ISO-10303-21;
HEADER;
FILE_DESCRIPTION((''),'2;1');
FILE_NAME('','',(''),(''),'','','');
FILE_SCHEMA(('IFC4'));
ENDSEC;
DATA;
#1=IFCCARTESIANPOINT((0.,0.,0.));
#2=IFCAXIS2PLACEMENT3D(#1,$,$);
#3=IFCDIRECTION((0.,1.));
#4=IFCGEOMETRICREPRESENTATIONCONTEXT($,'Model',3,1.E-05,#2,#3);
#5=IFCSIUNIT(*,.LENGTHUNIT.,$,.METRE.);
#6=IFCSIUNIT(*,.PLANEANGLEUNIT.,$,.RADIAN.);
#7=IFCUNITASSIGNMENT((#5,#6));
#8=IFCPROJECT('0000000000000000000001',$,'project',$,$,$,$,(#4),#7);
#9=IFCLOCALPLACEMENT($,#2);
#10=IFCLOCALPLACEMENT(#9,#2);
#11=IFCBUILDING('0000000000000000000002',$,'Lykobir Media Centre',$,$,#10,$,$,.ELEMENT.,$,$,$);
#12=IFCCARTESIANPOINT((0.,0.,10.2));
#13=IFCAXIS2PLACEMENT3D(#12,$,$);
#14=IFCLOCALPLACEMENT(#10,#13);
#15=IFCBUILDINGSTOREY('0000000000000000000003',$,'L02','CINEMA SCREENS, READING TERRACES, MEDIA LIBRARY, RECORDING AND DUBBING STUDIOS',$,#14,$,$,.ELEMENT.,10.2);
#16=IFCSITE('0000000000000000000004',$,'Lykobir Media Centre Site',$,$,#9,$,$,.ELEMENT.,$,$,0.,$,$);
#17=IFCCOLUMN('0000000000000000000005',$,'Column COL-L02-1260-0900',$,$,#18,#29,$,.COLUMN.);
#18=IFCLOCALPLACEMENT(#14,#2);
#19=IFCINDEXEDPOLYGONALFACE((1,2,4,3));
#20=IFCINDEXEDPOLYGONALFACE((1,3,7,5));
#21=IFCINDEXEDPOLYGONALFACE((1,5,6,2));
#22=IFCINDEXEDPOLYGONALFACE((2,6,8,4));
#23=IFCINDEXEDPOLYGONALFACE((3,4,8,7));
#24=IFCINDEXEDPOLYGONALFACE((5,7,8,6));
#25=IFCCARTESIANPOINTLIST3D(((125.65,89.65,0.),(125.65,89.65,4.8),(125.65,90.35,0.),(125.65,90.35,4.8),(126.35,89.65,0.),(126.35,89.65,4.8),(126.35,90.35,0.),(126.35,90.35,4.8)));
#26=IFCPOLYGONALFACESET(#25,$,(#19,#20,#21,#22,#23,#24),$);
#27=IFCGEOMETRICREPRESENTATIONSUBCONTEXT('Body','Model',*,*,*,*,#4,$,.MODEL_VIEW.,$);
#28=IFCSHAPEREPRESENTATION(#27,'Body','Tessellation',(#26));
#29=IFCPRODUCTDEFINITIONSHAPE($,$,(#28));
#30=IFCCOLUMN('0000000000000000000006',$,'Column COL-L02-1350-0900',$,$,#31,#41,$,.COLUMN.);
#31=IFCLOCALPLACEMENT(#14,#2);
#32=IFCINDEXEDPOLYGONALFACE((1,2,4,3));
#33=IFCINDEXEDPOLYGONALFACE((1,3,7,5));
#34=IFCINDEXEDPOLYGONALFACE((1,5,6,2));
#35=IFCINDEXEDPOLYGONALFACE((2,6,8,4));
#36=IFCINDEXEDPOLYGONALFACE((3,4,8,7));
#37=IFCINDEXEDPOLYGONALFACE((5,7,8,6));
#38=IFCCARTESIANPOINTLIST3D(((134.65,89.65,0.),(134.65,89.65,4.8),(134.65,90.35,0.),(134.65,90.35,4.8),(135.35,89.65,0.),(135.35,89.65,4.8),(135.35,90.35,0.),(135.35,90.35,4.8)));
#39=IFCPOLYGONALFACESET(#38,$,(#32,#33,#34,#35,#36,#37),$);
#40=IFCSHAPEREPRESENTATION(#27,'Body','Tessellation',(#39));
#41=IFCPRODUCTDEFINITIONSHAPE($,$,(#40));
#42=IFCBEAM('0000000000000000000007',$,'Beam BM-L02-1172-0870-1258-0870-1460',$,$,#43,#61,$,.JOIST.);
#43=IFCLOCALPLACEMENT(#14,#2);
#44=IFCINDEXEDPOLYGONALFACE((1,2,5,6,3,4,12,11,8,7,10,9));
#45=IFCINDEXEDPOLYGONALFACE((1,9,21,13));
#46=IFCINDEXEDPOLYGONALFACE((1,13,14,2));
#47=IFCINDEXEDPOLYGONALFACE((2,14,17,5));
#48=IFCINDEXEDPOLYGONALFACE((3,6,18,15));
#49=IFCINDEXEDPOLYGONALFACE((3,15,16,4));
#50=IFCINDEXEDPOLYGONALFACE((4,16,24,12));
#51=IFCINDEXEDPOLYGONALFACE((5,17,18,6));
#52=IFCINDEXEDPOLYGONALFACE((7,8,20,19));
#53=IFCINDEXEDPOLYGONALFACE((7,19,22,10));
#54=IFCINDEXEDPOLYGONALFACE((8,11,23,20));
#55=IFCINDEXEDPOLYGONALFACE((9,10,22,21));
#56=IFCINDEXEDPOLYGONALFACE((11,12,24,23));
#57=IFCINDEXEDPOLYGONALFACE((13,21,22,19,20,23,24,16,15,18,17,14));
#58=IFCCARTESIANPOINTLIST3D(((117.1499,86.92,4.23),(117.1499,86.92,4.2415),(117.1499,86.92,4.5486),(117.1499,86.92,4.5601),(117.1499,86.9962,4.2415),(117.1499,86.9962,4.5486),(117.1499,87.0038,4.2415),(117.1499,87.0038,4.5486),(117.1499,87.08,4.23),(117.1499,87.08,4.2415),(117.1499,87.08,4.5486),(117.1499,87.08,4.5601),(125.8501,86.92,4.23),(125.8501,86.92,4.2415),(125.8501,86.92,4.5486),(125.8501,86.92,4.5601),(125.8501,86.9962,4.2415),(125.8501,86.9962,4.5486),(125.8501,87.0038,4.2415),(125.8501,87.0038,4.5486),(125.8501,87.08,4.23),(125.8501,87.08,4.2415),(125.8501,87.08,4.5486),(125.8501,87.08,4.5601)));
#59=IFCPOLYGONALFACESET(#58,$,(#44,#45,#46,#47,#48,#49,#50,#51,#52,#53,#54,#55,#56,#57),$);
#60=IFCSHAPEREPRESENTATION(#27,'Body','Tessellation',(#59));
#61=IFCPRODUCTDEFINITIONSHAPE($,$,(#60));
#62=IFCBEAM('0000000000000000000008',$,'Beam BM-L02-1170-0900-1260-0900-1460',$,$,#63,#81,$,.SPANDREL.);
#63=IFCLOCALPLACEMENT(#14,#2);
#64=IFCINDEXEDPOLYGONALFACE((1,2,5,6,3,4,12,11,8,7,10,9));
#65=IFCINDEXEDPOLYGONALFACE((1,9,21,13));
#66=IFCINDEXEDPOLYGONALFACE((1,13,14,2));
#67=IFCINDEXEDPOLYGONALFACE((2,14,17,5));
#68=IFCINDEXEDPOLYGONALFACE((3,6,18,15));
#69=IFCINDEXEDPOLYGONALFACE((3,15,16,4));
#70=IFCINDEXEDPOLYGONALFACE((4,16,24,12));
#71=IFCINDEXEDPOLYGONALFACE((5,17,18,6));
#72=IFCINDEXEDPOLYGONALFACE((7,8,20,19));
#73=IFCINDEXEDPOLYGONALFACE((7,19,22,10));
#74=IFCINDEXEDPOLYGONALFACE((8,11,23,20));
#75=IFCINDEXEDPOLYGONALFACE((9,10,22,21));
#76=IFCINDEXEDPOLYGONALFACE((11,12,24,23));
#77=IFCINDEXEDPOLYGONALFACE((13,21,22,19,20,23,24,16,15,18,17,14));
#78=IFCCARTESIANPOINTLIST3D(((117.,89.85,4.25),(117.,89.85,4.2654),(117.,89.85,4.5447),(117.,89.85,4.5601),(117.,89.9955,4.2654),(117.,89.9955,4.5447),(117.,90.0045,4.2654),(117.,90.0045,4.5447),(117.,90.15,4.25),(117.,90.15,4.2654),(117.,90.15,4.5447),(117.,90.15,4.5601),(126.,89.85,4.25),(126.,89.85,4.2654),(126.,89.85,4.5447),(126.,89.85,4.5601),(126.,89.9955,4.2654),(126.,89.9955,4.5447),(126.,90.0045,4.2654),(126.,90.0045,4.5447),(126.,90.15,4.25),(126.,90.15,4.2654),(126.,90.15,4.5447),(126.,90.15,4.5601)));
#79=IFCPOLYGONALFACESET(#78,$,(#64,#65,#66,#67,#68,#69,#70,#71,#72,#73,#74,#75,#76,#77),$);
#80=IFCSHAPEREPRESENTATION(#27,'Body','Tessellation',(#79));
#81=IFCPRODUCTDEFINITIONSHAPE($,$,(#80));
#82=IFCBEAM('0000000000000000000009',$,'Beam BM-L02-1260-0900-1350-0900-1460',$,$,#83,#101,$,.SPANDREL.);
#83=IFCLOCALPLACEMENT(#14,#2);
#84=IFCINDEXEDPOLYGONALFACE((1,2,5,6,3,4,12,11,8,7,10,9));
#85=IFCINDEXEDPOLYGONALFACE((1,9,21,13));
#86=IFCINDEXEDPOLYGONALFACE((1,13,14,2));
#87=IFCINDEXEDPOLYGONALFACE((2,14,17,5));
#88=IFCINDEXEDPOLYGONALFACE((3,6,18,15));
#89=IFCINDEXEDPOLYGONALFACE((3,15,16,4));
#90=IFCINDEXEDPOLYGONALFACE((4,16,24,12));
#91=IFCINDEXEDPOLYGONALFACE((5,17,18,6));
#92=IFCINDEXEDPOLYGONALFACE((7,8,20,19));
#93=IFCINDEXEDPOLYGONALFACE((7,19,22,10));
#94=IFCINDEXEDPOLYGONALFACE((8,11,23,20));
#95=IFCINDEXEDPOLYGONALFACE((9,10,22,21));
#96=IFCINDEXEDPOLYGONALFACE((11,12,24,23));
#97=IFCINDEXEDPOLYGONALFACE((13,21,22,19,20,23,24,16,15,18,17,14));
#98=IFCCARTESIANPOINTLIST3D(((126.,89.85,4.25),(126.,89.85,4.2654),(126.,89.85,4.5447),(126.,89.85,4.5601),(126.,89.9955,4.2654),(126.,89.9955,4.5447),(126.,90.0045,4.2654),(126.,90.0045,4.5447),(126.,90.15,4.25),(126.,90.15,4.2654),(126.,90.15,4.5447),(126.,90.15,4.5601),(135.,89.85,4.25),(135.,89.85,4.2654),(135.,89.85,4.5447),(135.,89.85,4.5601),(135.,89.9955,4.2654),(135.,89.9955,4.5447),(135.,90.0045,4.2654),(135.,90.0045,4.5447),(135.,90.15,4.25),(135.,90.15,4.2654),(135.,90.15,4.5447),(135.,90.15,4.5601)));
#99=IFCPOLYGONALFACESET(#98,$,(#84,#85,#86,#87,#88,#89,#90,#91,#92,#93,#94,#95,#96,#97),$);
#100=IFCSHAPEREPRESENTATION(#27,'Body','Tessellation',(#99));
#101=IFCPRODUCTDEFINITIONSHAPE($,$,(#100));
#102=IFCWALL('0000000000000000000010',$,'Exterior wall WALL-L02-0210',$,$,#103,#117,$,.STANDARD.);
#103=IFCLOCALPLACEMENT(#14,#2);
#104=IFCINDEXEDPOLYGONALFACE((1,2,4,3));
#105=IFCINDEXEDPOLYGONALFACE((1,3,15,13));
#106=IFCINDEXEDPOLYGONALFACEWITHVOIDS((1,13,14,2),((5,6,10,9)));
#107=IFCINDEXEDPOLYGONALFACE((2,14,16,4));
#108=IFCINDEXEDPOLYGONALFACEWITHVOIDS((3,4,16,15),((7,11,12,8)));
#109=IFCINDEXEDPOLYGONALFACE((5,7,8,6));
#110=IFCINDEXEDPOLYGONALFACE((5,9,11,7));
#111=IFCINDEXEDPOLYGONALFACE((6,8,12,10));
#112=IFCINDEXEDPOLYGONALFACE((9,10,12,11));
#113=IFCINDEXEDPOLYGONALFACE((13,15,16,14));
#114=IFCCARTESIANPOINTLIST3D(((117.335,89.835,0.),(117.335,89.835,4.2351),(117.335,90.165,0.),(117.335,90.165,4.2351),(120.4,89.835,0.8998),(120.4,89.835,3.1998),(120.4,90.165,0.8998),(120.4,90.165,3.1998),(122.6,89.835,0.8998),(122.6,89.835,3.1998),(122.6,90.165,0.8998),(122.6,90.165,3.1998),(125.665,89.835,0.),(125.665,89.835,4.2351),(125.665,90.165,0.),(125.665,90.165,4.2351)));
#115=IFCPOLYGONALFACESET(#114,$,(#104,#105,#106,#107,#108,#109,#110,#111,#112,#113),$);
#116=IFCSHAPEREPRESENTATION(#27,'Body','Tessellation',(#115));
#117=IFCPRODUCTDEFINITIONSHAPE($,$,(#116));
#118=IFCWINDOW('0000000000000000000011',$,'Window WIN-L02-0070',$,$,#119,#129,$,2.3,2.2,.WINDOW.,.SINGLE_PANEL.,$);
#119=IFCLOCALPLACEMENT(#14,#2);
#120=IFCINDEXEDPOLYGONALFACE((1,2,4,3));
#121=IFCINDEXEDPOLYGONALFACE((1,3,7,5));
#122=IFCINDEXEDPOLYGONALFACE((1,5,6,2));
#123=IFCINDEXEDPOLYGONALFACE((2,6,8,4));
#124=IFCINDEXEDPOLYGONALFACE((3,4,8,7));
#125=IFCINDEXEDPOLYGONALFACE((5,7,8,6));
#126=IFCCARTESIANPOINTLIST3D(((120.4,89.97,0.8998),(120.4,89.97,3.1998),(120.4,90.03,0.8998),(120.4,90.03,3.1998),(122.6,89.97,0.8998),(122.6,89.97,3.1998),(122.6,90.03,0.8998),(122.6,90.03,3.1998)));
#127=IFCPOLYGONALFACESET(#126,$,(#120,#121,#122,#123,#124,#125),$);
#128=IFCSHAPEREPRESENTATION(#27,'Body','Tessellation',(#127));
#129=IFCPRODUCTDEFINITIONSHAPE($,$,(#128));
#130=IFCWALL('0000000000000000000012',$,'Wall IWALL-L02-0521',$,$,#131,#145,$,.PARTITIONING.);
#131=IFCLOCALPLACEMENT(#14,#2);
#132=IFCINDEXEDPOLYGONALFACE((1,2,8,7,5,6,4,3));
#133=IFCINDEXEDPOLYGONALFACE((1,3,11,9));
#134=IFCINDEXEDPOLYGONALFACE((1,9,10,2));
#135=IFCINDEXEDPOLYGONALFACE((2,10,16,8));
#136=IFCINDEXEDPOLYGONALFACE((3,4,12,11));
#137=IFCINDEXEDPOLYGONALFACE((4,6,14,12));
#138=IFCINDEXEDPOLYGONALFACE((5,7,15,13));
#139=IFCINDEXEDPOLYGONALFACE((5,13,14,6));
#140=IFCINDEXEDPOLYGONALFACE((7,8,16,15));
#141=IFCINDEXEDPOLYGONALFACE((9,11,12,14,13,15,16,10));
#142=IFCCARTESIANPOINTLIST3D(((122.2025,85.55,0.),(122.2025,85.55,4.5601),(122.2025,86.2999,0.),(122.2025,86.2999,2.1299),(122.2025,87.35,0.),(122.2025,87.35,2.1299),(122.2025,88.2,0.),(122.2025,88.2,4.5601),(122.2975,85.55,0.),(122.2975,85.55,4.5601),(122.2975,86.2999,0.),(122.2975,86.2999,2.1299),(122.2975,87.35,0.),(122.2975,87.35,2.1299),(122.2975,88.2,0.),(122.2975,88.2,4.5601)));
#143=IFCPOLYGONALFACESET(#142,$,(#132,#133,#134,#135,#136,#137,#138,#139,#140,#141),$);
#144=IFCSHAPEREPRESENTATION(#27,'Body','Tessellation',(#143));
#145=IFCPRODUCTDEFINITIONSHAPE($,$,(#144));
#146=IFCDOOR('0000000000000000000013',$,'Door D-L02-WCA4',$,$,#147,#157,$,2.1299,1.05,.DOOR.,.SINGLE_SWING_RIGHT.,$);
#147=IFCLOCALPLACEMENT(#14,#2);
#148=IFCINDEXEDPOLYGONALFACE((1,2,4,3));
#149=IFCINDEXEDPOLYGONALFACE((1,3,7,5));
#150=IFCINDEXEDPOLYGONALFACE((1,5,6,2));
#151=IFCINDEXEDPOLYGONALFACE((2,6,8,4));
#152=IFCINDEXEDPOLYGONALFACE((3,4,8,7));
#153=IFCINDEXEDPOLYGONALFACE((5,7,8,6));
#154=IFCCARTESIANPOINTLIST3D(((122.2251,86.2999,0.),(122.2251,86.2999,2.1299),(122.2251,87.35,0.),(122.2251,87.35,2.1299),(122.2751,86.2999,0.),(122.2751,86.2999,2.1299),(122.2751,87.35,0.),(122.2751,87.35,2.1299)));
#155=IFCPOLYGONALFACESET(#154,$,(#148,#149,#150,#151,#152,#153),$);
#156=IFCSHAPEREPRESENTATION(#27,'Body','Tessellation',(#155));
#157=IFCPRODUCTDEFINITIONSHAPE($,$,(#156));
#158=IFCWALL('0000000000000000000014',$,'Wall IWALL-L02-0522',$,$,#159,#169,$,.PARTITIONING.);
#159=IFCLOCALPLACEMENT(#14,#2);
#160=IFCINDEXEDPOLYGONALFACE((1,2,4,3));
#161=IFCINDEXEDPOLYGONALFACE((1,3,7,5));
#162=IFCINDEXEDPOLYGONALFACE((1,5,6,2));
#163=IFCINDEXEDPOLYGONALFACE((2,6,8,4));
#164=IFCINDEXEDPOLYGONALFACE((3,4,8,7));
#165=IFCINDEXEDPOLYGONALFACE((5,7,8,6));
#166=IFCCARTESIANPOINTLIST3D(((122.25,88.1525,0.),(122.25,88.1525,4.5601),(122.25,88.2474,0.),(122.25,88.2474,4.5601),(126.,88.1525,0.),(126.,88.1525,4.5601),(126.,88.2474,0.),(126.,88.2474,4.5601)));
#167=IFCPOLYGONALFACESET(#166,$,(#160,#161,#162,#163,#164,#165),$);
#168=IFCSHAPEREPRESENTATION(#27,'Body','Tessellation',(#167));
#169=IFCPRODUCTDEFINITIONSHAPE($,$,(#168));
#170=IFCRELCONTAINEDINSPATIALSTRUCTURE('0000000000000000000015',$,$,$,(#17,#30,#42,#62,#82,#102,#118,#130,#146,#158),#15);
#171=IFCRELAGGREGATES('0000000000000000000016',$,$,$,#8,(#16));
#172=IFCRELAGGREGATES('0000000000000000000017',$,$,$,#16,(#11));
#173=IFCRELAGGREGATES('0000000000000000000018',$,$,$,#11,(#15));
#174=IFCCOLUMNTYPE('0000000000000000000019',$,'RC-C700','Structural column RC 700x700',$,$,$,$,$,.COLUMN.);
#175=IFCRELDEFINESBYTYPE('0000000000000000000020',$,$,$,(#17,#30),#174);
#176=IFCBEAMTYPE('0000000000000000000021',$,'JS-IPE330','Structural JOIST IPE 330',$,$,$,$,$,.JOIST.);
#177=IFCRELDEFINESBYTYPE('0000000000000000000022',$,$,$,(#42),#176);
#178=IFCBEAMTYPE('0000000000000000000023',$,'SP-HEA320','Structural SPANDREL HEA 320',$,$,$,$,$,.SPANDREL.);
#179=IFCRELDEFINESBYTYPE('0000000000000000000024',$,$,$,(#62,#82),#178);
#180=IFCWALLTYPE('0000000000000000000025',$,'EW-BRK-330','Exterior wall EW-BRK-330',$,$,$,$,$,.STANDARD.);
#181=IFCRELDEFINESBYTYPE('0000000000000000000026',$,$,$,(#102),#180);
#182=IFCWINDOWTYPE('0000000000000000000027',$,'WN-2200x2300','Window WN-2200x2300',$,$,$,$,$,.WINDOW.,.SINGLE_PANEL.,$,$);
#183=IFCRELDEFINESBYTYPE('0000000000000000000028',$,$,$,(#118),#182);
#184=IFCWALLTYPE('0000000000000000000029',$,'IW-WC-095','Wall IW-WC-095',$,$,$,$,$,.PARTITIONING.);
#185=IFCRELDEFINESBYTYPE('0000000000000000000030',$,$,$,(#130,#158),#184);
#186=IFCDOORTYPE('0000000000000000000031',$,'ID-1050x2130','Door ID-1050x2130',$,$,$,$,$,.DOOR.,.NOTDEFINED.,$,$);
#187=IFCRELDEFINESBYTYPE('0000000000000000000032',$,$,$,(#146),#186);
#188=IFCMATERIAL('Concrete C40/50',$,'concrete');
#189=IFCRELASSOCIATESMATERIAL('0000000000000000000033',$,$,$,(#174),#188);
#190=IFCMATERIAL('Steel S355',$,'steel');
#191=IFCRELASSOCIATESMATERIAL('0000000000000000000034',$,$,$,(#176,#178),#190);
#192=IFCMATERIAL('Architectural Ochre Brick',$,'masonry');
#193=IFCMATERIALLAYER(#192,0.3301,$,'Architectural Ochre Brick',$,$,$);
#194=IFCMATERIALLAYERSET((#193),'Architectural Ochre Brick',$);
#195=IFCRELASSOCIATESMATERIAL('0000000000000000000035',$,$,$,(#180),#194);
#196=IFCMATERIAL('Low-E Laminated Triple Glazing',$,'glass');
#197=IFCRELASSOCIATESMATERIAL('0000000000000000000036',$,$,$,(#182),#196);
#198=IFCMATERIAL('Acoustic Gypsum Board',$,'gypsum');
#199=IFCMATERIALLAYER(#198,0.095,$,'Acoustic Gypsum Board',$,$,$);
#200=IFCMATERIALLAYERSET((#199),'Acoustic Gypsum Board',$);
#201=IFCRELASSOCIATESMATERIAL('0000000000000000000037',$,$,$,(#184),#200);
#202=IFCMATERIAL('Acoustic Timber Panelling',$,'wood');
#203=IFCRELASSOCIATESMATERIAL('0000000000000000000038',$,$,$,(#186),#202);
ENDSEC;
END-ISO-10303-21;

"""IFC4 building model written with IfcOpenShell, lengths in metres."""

from ifc_helpers import new_model, si_unit, direction, frame, frame_2d, origin, origin_2d, place, context, subcontext, project, spatial, rectangle, i_section, extrude, material, layer, layer_set, material_profile, profile_set, type_object, element, fill, save


model = new_model("IFC4")

# Units and contexts
model_context = context("Model", 3, precision=1e-05, world=origin(), true_north=direction((0.0, 1.0)))
body_context = subcontext(model_context, "Body", "Model", "MODEL_VIEW")
ifc_project = project(units=[si_unit("LENGTHUNIT", "METRE"), si_unit("PLANEANGLEUNIT", "RADIAN")], contexts=[model_context])

# Site, building, storey
site_placement = place(None, origin())
site = spatial("IfcSite", under=ifc_project, at=site_placement, Name="Lykobir Media Centre Site", CompositionType="ELEMENT", RefElevation=0.0)
building_placement = place(site_placement, origin())
building = spatial("IfcBuilding", under=site, at=building_placement, Name="Lykobir Media Centre", CompositionType="ELEMENT")
storey_placement = place(building_placement, frame((0.0, 0.0, 10.2)))
storey = spatial("IfcBuildingStorey", under=building, at=storey_placement, Name="L02", Description="CINEMA SCREENS, READING TERRACES, MEDIA LIBRARY, RECORDING AND DUBBING STUDIOS", CompositionType="ELEMENT", Elevation=10.2)

# Columns
ifc_material_1 = material(Name="Concrete C40/50", Category="concrete")
ifc_material_profile_1 = material_profile(ifc_material_1, rectangle(XDim=0.7, YDim=0.7, at=origin_2d()), Name="RC 700x700")
ifc_profile_set_1 = profile_set([ifc_material_profile_1], Name="Concrete C40/50")
column_type = type_object("IfcColumnType", Name="RC-C700", Description="Structural column RC 700x700", PredefinedType="COLUMN", material=ifc_profile_set_1)
for number, where, z_axis, x_axis, name in (
    (1, (126.0, 90.0, 0.0), (0.0, 0.0, 1.0), (1.0, 0.0, 0.0), "Column COL-L02-1260-0900"),
    (2, (135.0, 90.0, 0.0), (0.0, 0.0, 1.0), (1.0, 0.0, 0.0), "Column COL-L02-1350-0900"),
):
    element("IfcColumn", number, at=place(storey_placement, frame(where, z_axis=z_axis, x_axis=x_axis)), inside=storey, type_object=column_type, Name=name, PredefinedType="COLUMN", context=body_context, shape_type="SweptSolid", body=[
        extrude(rectangle(XDim=0.7, YDim=0.7, at=origin_2d()), origin(), (0.0, 0.0, 1.0), 4.8),
    ])

# Beams
ifc_material_2 = material(Name="Steel S355", Category="steel")
ifc_material_profile_2 = material_profile(ifc_material_2, i_section(OverallWidth=0.1599, OverallDepth=0.3301, WebThickness=0.0076, FlangeThickness=0.0115, at=origin_2d()), Name="IPE 330")
ifc_profile_set_2 = profile_set([ifc_material_profile_2], Name="Steel S355")
beam_type_1 = type_object("IfcBeamType", Name="JS-IPE330", Description="Structural JOIST IPE 330", PredefinedType="JOIST", material=ifc_profile_set_2)
beam_placement = place(storey_placement, frame((117.1499, 87.0, 4.395), z_axis=(1.0, 0.0, 0.0), x_axis=(0.0, 1.0, 0.0)))
element("IfcBeam", 3, at=beam_placement, inside=storey, type_object=beam_type_1, Name="Beam BM-L02-1172-0870-1258-0870-1460", PredefinedType="JOIST", context=body_context, shape_type="SweptSolid", body=[
    extrude(i_section(OverallWidth=0.1599, OverallDepth=0.3301, WebThickness=0.0076, FlangeThickness=0.0115, at=origin_2d()), origin(), (0.0, 0.0, 1.0), 8.7002),
])
ifc_material_profile_3 = material_profile(ifc_material_2, i_section(OverallWidth=0.3, OverallDepth=0.3101, WebThickness=0.009, FlangeThickness=0.0154, at=origin_2d()), Name="HEA 320")
ifc_profile_set_3 = profile_set([ifc_material_profile_3], Name="Steel S355")
beam_type_2 = type_object("IfcBeamType", Name="SP-HEA320", Description="Structural SPANDREL HEA 320", PredefinedType="SPANDREL", material=ifc_profile_set_3)
for number, where, z_axis, x_axis, name in (
    (4, (117.0, 90.0, 4.405), (1.0, 0.0, 0.0), (0.0, 1.0, 0.0), "Beam BM-L02-1170-0900-1260-0900-1460"),
    (5, (126.0, 90.0, 4.405), (1.0, 0.0, 0.0), (0.0, 1.0, 0.0), "Beam BM-L02-1260-0900-1350-0900-1460"),
):
    element("IfcBeam", number, at=place(storey_placement, frame(where, z_axis=z_axis, x_axis=x_axis)), inside=storey, type_object=beam_type_2, Name=name, PredefinedType="SPANDREL", context=body_context, shape_type="SweptSolid", body=[
        extrude(i_section(OverallWidth=0.3, OverallDepth=0.3101, WebThickness=0.009, FlangeThickness=0.0154, at=origin_2d()), origin(), (0.0, 0.0, 1.0), 9.0),
    ])

# Wall, opening, window
ifc_material_3 = material(Name="Architectural Ochre Brick", Category="masonry")
ifc_layer_1 = layer(ifc_material_3, 0.3301, Name="Architectural Ochre Brick")
ifc_layer_set_1 = layer_set([ifc_layer_1], Name="Architectural Ochre Brick")
wall_type_1 = type_object("IfcWallType", Name="EW-BRK-330", Description="Exterior wall EW-BRK-330", PredefinedType="STANDARD", material=ifc_layer_set_1)
wall_1_placement = place(storey_placement, frame((125.665, 90.0, 0.0), z_axis=(0.0, 0.0, 1.0), x_axis=(-1.0, 0.0, 0.0)))
wall_1 = element("IfcWall", 6, at=wall_1_placement, inside=storey, type_object=wall_type_1, Name="Exterior wall WALL-L02-0210", PredefinedType="STANDARD", context=body_context, shape_type="SweptSolid", body=[
    extrude(rectangle(XDim=8.3301, YDim=0.3301, at=frame_2d((4.165, 0.0))), origin(), (0.0, 0.0, 1.0), 4.2351),
])
opening_1_placement = place(wall_1_placement, frame((3.0649, 0.0, 0.8999)))
opening_1 = element("IfcOpeningElement", 7, at=opening_1_placement, cuts=wall_1, PredefinedType="OPENING", context=body_context, shape_type="SweptSolid", body=[
    extrude(rectangle(XDim=2.2, YDim=2.3, at=frame_2d((1.1001, 1.1499))), frame((0.0, 0.175, 0.0), z_axis=(0.0, -1.0, 0.0), x_axis=(1.0, 0.0, 0.0)), (0.0, 0.0, 1.0), 0.3501),
])
ifc_material_4 = material(Name="Low-E Laminated Triple Glazing", Category="glass")
window_type = type_object("IfcWindowType", Name="WN-2200x2300", Description="Window WN-2200x2300", PartitioningType="SINGLE_PANEL", PredefinedType="WINDOW", material=ifc_material_4)
window_placement = place(opening_1_placement, origin())
window = element("IfcWindow", 8, at=window_placement, inside=storey, type_object=window_type, Name="Window WIN-L02-0070", OverallHeight=2.3, OverallWidth=2.2, PartitioningType="SINGLE_PANEL", PredefinedType="WINDOW", context=body_context, shape_type="SweptSolid", body=[
    extrude(rectangle(XDim=2.2, YDim=2.3, at=frame_2d((1.1001, 1.1499))), frame((0.0, 0.03, 0.0), z_axis=(0.0, -1.0, 0.0), x_axis=(1.0, 0.0, 0.0)), (0.0, 0.0, 1.0), 0.0601),
])
fill(opening_1, window)

# Wall, opening, door
ifc_material_5 = material(Name="Acoustic Gypsum Board", Category="gypsum")
ifc_layer_2 = layer(ifc_material_5, 0.095, Name="Acoustic Gypsum Board")
ifc_layer_set_2 = layer_set([ifc_layer_2], Name="Acoustic Gypsum Board")
wall_type_2 = type_object("IfcWallType", Name="IW-WC-095", Description="Wall IW-WC-095", PredefinedType="PARTITIONING", material=ifc_layer_set_2)
wall_2_placement = place(storey_placement, frame((122.25, 85.55, 0.0), z_axis=(0.0, 0.0, 1.0), x_axis=(0.0, 1.0, 0.0)))
wall_2 = element("IfcWall", 9, at=wall_2_placement, inside=storey, type_object=wall_type_2, Name="Wall IWALL-L02-0521", PredefinedType="PARTITIONING", context=body_context, shape_type="SweptSolid", body=[
    extrude(rectangle(XDim=2.6499, YDim=0.095, at=frame_2d((1.325, 0.0))), origin(), (0.0, 0.0, 1.0), 4.5601),
])
opening_2_placement = place(wall_2_placement, frame((0.75, 0.0, 0.0)))
opening_2 = element("IfcOpeningElement", 10, at=opening_2_placement, cuts=wall_2, PredefinedType="OPENING", context=body_context, shape_type="SweptSolid", body=[
    extrude(rectangle(XDim=1.05, YDim=2.1299, at=frame_2d((0.5249, 1.0649))), frame((0.0, 0.0574, 0.0), z_axis=(0.0, -1.0, 0.0), x_axis=(1.0, 0.0, 0.0)), (0.0, 0.0, 1.0), 0.115),
])
ifc_material_6 = material(Name="Acoustic Timber Panelling", Category="wood")
door_type_1 = type_object("IfcDoorType", Name="ID-1050x2130", Description="Door ID-1050x2130", OperationType="NOTDEFINED", PredefinedType="DOOR", material=ifc_material_6)
door_1_placement = place(opening_2_placement, origin())
door_1 = element("IfcDoor", 11, at=door_1_placement, inside=storey, type_object=door_type_1, Name="Door D-L02-WCA4", OperationType="SINGLE_SWING_RIGHT", OverallHeight=2.1299, OverallWidth=1.05, PredefinedType="DOOR", context=body_context, shape_type="SweptSolid", body=[
    extrude(rectangle(XDim=1.05, YDim=2.1299, at=frame_2d((0.5249, 1.0649))), frame((0.0, 0.0249, 0.0), z_axis=(0.0, -1.0, 0.0), x_axis=(1.0, 0.0, 0.0)), (0.0, 0.0, 1.0), 0.05),
])
fill(opening_2, door_1)

# Wall
wall_3_placement = place(storey_placement, frame((122.25, 88.2, 0.0), z_axis=(0.0, 0.0, 1.0), x_axis=(1.0, 0.0, 0.0)))
element("IfcWall", 12, at=wall_3_placement, inside=storey, type_object=wall_type_2, Name="Wall IWALL-L02-0522", PredefinedType="PARTITIONING", context=body_context, shape_type="SweptSolid", body=[
    extrude(rectangle(XDim=3.75, YDim=0.095, at=frame_2d((1.875, 0.0))), origin(), (0.0, 0.0, 1.0), 4.5601),
])

save(model, "model.ifc")
